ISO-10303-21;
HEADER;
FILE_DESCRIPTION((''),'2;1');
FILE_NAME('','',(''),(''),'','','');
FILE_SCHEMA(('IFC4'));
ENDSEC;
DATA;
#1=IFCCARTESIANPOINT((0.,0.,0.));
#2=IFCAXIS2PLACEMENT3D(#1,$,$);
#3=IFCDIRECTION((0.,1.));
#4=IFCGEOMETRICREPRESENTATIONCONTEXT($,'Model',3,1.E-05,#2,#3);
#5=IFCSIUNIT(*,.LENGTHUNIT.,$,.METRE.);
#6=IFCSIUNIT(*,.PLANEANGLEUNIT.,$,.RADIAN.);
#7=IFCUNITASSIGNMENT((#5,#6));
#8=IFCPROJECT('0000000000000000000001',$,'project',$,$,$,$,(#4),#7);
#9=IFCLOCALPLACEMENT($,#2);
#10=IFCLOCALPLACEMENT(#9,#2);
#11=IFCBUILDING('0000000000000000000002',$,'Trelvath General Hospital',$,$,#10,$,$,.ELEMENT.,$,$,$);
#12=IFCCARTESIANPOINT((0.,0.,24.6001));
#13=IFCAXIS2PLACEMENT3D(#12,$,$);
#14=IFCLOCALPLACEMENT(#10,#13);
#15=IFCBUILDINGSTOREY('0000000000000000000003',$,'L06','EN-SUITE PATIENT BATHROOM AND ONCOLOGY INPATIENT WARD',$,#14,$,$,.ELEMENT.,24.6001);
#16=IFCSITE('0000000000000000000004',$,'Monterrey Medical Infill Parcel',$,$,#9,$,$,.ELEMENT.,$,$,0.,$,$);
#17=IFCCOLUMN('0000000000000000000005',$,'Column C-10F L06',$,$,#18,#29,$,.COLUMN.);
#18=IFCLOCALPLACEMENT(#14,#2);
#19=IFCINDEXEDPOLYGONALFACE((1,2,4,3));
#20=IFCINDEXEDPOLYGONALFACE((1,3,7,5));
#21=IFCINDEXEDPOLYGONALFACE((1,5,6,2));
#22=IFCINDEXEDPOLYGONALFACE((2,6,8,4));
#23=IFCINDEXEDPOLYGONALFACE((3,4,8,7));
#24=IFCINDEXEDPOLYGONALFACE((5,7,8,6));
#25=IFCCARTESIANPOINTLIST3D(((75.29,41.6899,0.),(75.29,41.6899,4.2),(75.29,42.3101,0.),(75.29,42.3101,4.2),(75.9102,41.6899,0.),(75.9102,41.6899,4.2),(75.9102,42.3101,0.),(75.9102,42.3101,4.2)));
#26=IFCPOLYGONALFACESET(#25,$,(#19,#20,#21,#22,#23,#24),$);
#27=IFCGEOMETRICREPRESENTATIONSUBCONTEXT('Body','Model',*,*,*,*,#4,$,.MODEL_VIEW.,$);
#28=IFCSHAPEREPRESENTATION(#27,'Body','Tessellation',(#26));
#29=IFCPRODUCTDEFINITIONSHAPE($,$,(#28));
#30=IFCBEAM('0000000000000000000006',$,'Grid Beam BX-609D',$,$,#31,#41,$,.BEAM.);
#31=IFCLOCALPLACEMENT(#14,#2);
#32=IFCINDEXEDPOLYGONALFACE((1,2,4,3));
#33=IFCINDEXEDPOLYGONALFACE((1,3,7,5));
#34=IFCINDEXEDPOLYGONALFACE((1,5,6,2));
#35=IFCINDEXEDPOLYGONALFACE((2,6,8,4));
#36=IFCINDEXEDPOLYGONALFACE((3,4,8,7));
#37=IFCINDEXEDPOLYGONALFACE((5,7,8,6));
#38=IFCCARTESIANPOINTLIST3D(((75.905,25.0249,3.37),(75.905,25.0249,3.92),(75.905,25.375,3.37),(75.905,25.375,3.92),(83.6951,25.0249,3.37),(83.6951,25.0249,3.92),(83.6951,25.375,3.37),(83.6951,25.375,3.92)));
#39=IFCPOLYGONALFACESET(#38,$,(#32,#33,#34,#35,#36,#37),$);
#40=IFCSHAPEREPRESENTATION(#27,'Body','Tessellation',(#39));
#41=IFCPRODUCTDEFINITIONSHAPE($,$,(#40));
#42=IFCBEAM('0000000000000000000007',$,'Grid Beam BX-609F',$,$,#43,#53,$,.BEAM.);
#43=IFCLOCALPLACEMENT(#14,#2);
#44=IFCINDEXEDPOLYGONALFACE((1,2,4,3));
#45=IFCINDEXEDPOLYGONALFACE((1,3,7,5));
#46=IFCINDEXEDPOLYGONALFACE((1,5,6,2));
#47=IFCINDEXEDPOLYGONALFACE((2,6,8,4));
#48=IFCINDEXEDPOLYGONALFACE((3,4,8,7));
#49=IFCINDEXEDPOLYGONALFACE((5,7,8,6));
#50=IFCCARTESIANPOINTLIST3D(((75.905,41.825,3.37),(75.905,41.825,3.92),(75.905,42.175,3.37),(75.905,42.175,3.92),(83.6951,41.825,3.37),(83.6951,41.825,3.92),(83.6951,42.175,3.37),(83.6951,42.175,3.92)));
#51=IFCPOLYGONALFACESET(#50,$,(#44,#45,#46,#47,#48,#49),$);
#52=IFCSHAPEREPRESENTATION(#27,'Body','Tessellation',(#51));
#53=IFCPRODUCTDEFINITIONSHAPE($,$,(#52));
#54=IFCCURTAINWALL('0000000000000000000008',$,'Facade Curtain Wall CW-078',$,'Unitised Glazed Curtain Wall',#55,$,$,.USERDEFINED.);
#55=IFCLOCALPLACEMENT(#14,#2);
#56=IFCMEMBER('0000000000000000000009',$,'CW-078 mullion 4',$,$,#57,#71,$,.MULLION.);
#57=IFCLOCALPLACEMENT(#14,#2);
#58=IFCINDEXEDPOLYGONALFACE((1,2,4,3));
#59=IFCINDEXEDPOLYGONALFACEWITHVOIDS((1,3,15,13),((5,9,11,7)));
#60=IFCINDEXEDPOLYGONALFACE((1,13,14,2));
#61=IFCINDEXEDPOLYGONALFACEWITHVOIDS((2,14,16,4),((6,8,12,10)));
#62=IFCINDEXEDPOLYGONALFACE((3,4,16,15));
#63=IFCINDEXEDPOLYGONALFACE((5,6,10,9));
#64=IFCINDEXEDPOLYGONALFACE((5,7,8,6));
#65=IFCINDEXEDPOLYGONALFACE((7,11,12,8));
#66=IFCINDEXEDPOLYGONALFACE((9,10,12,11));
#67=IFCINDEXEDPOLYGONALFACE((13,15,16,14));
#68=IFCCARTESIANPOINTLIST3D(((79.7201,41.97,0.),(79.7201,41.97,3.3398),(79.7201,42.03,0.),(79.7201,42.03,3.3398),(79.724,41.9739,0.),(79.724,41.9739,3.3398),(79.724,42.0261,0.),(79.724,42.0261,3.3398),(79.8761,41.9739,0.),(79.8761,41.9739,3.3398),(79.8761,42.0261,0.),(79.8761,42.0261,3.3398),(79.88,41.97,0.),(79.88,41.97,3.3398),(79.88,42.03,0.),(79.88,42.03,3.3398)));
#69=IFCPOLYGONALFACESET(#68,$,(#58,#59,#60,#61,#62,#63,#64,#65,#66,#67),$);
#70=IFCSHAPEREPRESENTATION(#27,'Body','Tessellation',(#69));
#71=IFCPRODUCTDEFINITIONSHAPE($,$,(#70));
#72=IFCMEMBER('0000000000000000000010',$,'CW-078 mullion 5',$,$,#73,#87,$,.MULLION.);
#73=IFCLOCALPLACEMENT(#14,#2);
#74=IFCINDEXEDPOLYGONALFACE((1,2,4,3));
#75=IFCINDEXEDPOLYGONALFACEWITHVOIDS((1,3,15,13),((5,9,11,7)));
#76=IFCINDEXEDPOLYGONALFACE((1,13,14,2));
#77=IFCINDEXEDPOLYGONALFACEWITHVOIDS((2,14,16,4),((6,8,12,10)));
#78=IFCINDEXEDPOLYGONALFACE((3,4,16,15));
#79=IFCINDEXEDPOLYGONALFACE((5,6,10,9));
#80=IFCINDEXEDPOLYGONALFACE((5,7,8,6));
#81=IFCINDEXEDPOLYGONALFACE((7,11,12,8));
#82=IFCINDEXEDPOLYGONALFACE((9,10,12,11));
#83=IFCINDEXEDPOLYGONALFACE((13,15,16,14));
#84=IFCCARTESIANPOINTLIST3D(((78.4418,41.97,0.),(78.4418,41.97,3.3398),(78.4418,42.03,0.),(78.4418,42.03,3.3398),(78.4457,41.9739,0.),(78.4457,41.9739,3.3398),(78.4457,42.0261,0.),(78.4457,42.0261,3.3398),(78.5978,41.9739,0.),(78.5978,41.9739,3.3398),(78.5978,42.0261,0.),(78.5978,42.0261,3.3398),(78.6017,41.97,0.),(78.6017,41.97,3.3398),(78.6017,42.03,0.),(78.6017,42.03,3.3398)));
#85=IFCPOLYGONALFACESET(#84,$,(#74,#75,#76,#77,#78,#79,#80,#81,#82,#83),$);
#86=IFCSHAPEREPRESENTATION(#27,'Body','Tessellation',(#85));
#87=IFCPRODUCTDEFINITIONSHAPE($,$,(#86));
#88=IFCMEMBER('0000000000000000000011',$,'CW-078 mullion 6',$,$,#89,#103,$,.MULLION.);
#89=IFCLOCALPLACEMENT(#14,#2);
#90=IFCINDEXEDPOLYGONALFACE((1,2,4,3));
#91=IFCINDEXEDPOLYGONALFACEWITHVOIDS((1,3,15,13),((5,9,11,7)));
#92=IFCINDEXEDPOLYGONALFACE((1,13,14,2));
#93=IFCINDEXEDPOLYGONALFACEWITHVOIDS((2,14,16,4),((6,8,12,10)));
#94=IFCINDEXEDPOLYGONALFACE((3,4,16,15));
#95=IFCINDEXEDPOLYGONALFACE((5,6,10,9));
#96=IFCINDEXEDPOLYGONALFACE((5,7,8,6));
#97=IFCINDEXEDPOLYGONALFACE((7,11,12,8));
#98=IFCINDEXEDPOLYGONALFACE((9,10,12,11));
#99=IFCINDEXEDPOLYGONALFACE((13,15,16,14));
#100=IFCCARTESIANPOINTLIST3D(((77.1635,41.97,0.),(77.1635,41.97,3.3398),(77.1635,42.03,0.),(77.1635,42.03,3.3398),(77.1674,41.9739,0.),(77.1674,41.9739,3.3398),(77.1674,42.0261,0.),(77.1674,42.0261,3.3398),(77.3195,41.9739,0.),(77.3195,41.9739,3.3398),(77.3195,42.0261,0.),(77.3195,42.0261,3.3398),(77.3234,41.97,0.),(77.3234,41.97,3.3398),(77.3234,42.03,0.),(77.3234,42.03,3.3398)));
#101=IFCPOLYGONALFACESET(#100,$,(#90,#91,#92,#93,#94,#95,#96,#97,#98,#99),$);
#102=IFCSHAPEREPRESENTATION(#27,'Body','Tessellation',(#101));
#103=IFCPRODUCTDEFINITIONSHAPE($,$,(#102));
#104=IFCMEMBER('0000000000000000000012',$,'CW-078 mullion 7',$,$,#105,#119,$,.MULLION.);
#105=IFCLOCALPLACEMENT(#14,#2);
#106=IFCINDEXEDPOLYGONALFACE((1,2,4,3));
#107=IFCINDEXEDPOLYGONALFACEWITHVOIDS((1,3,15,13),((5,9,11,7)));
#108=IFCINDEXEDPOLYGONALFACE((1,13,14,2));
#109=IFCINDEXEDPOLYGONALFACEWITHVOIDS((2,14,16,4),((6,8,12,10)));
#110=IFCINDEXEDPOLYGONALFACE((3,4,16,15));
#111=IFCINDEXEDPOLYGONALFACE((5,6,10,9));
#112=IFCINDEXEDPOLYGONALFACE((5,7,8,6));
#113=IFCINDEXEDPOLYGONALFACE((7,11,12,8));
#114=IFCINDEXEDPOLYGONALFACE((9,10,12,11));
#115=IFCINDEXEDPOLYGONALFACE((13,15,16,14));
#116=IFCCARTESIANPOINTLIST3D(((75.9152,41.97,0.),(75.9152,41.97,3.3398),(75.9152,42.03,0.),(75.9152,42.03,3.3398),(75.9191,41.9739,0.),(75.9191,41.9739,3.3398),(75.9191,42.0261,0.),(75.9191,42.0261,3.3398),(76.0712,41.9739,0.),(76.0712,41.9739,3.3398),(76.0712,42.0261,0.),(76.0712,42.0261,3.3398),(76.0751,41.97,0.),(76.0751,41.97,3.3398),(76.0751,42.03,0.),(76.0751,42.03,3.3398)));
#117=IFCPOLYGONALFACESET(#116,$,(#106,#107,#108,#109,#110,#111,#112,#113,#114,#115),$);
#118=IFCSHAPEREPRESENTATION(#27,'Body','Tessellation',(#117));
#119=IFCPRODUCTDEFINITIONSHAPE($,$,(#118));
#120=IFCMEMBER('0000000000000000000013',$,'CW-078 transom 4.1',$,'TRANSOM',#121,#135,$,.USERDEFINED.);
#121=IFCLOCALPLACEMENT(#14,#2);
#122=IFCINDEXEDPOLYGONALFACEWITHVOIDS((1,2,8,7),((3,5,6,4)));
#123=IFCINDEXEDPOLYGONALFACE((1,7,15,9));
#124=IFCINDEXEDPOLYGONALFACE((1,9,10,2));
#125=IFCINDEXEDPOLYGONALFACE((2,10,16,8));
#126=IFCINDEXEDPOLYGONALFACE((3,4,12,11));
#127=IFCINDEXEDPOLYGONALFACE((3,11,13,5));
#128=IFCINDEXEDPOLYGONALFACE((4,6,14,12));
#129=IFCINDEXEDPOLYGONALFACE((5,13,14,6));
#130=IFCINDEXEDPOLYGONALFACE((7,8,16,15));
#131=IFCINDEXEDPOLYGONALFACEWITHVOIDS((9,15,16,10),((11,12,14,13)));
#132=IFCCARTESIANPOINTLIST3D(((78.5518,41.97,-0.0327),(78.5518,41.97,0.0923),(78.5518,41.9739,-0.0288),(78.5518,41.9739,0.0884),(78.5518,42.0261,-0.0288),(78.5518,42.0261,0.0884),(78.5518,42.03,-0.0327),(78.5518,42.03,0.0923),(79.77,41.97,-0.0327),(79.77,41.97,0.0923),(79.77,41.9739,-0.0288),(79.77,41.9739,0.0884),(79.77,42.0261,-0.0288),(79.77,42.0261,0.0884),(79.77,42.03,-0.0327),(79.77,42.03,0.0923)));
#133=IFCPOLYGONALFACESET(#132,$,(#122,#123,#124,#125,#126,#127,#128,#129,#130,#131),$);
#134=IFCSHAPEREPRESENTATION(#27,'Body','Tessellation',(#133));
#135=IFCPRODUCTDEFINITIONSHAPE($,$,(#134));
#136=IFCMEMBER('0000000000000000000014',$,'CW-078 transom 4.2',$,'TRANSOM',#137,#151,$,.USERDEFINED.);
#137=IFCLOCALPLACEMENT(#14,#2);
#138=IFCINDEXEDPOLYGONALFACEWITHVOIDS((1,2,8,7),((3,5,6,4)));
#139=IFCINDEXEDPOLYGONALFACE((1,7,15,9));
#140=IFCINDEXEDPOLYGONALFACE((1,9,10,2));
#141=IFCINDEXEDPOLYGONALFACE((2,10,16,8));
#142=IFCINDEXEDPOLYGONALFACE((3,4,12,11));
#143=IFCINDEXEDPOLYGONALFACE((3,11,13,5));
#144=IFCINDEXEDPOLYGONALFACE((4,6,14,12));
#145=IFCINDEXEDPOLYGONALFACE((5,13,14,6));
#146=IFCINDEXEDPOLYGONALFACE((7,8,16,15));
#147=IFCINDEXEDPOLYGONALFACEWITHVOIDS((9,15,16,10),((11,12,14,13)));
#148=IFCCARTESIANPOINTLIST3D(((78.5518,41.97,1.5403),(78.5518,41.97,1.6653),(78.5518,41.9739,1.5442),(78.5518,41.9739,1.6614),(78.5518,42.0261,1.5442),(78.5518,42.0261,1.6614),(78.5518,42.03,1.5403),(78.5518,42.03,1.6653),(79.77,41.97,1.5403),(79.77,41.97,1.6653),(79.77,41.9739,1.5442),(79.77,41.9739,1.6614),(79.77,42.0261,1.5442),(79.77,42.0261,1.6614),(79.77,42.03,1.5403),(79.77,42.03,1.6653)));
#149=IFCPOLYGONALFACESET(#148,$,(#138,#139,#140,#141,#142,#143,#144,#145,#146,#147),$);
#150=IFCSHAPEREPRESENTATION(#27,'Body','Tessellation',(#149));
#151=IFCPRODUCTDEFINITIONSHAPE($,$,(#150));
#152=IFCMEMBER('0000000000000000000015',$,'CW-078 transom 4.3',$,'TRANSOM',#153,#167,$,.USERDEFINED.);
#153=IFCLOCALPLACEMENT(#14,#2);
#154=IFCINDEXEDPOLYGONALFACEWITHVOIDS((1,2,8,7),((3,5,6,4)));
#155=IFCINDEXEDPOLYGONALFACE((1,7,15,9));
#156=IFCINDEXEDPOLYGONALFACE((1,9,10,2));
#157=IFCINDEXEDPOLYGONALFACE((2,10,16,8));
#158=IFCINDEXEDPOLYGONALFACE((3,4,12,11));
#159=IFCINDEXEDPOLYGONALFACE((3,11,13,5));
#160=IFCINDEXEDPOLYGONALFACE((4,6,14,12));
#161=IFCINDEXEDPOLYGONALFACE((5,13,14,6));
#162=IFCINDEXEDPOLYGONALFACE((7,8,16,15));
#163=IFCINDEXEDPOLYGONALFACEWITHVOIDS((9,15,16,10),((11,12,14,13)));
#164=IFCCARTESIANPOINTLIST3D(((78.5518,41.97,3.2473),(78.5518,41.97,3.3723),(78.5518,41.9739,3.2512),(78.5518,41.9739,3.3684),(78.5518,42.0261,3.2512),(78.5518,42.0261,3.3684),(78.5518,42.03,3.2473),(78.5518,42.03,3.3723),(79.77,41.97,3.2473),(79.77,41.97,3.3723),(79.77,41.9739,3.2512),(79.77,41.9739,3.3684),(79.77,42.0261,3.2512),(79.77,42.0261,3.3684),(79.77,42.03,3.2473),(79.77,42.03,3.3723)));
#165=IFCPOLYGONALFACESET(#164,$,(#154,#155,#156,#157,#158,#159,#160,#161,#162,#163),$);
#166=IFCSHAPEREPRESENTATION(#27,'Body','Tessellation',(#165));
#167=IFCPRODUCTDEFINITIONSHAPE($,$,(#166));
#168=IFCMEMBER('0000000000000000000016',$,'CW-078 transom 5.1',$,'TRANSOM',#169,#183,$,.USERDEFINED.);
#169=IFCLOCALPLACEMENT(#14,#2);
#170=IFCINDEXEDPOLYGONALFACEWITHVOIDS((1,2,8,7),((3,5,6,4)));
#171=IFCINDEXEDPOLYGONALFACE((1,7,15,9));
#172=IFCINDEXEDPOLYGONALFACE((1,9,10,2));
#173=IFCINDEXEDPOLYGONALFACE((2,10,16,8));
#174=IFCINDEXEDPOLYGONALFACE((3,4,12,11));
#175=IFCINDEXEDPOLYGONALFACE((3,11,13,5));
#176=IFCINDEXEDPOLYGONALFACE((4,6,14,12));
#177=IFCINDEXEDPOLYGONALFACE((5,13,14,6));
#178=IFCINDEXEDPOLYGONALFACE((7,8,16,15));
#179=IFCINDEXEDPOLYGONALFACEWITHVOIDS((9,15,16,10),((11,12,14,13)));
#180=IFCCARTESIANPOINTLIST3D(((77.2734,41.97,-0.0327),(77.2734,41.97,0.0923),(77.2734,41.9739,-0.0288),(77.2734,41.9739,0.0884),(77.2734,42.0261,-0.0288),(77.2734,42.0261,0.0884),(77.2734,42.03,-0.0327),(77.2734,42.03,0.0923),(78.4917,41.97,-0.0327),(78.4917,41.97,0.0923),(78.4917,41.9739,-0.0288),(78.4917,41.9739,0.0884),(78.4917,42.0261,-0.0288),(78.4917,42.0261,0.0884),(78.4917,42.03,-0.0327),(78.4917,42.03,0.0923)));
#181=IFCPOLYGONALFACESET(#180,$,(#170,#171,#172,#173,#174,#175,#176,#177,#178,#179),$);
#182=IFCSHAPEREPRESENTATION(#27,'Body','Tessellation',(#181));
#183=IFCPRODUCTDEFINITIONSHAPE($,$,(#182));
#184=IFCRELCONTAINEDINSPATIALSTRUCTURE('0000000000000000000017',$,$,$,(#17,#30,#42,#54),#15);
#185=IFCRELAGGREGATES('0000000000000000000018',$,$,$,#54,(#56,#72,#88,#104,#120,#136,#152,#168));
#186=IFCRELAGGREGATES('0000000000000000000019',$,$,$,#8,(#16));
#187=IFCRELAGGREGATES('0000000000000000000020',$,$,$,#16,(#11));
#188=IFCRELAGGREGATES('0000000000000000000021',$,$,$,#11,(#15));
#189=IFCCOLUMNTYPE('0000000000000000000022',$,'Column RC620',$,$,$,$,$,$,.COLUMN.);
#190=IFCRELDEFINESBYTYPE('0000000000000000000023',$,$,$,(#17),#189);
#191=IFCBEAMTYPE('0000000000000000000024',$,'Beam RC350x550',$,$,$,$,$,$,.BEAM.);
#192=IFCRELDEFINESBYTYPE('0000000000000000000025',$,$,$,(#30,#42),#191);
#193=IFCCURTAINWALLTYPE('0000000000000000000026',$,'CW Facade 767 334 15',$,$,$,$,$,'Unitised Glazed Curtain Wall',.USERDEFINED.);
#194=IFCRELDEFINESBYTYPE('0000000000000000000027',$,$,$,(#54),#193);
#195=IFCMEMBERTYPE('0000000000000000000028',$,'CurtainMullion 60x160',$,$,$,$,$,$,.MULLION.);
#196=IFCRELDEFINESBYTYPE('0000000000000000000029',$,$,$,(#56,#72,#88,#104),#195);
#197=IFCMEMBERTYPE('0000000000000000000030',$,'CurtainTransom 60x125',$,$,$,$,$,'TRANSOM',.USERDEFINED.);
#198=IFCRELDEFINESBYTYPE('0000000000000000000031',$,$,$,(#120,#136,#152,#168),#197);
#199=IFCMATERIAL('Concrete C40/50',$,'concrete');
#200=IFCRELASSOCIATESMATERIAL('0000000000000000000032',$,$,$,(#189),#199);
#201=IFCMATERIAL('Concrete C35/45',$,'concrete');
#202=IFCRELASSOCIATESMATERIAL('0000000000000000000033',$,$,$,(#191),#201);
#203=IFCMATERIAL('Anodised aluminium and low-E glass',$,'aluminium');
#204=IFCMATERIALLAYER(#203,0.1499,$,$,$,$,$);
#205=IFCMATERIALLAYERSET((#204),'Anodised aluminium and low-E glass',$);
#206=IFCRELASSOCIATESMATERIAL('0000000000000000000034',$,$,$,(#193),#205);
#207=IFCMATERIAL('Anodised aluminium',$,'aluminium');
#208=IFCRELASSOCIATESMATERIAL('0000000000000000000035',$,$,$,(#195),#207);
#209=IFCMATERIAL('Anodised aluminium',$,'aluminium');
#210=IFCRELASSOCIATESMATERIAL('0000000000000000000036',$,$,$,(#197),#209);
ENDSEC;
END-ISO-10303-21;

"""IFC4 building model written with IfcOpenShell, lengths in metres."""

from ifc_helpers import new_model, si_unit, direction, frame, origin, origin_2d, place, context, subcontext, project, spatial, rectangle, hollow_rectangle, extrude, material, layer, layer_set, material_profile, profile_set, type_object, element, aggregate, save


model = new_model("IFC4")

# Units and contexts
model_context = context("Model", 3, precision=1e-05, world=origin(), true_north=direction((0.0, 1.0)))
body_context = subcontext(model_context, "Body", "Model", "MODEL_VIEW")
ifc_project = project(units=[si_unit("LENGTHUNIT", "METRE"), si_unit("PLANEANGLEUNIT", "RADIAN")], contexts=[model_context])

# Site, building, storey
site_placement = place(None, origin())
site = spatial("IfcSite", under=ifc_project, at=site_placement, Name="Monterrey Medical Infill Parcel", CompositionType="ELEMENT", RefElevation=0.0)
building_placement = place(site_placement, origin())
building = spatial("IfcBuilding", under=site, at=building_placement, Name="Trelvath General Hospital", CompositionType="ELEMENT")
storey_placement = place(building_placement, frame((0.0, 0.0, 24.6001)))
storey = spatial("IfcBuildingStorey", under=building, at=storey_placement, Name="L06", Description="EN-SUITE PATIENT BATHROOM AND ONCOLOGY INPATIENT WARD", CompositionType="ELEMENT", Elevation=24.6001)

# Column
ifc_material_1 = material(Name="Concrete C40/50", Category="concrete")
ifc_material_profile_1 = material_profile(ifc_material_1, rectangle(XDim=0.6201, YDim=0.6201, at=origin_2d()), Name="RC620x620")
ifc_profile_set_1 = profile_set([ifc_material_profile_1], Name="Concrete C40/50")
column_type = type_object("IfcColumnType", Name="Column RC620", PredefinedType="COLUMN", material=ifc_profile_set_1)
column_placement = place(storey_placement, frame((75.6001, 42.0, 0.0), z_axis=(0.0, 0.0, 1.0), x_axis=(1.0, 0.0, 0.0)))
element("IfcColumn", 1, at=column_placement, inside=storey, type_object=column_type, Name="Column C-10F L06", PredefinedType="COLUMN", context=body_context, shape_type="SweptSolid", body=[
    extrude(rectangle(XDim=0.6201, YDim=0.6201, at=origin_2d()), origin(), (0.0, 0.0, 1.0), 4.2),
])

# Beams
ifc_material_2 = material(Name="Concrete C35/45", Category="concrete")
ifc_material_profile_2 = material_profile(ifc_material_2, rectangle(XDim=0.3501, YDim=0.55, at=origin_2d()), Name="RCB350x550")
ifc_profile_set_2 = profile_set([ifc_material_profile_2], Name="Concrete C35/45")
beam_type = type_object("IfcBeamType", Name="Beam RC350x550", PredefinedType="BEAM", material=ifc_profile_set_2)
for number, where, z_axis, x_axis, name in (
    (2, (75.905, 25.2, 3.645), (1.0, 0.0, 0.0), (0.0, 1.0, 0.0), "Grid Beam BX-609D"),
    (3, (75.905, 42.0, 3.645), (1.0, 0.0, 0.0), (0.0, 1.0, 0.0), "Grid Beam BX-609F"),
):
    element("IfcBeam", number, at=place(storey_placement, frame(where, z_axis=z_axis, x_axis=x_axis)), inside=storey, type_object=beam_type, Name=name, PredefinedType="BEAM", context=body_context, shape_type="SweptSolid", body=[
        extrude(rectangle(XDim=0.3501, YDim=0.55, at=origin_2d()), origin(), (0.0, 0.0, 1.0), 7.79),
    ])

# Curtain wall, members
ifc_material_3 = material(Name="Anodised aluminium and low-E glass", Category="aluminium")
ifc_layer_1 = layer(ifc_material_3, 0.1499)
ifc_layer_set_1 = layer_set([ifc_layer_1], Name="Anodised aluminium and low-E glass")
curtain_wall_type = type_object("IfcCurtainWallType", Name="CW Facade 767 334 15", ElementType="Unitised Glazed Curtain Wall", PredefinedType="USERDEFINED", material=ifc_layer_set_1)
curtain_wall_placement = place(storey_placement, origin())
curtain_wall = element("IfcCurtainWall", 4, at=curtain_wall_placement, inside=storey, type_object=curtain_wall_type, Name="Facade Curtain Wall CW-078", ObjectType="Unitised Glazed Curtain Wall", PredefinedType="USERDEFINED")
ifc_material_4 = material(Name="Anodised aluminium", Category="aluminium")
ifc_material_profile_3 = material_profile(ifc_material_4, hollow_rectangle(XDim=0.0601, YDim=0.1599, WallThickness=0.0039, at=origin_2d()), Name="RHS60x160x4")
ifc_profile_set_3 = profile_set([ifc_material_profile_3], Name="Anodised aluminium")
member_type_1 = type_object("IfcMemberType", Name="CurtainMullion 60x160", PredefinedType="MULLION", material=ifc_profile_set_3)
member_1_placement = place(storey_placement, frame((79.8, 42.0, 0.0), z_axis=(0.0, 0.0, 1.0), x_axis=(0.0, -1.0, 0.0)))
member_1 = element("IfcMember", 5, at=member_1_placement, type_object=member_type_1, Name="CW-078 mullion 4", PredefinedType="MULLION", context=body_context, shape_type="SweptSolid", body=[
    extrude(hollow_rectangle(XDim=0.0601, YDim=0.1599, WallThickness=0.0039, at=origin_2d()), origin(), (0.0, 0.0, 1.0), 3.3398),
])
member_2_placement = place(storey_placement, frame((78.5217, 42.0, 0.0), z_axis=(0.0, 0.0, 1.0), x_axis=(0.0, -1.0, 0.0)))
member_2 = element("IfcMember", 6, at=member_2_placement, type_object=member_type_1, Name="CW-078 mullion 5", PredefinedType="MULLION", context=body_context, shape_type="SweptSolid", body=[
    extrude(hollow_rectangle(XDim=0.0601, YDim=0.1599, WallThickness=0.0039, at=origin_2d()), origin(), (0.0, 0.0, 1.0), 3.3398),
])
member_3_placement = place(storey_placement, frame((77.2434, 42.0, 0.0), z_axis=(0.0, 0.0, 1.0), x_axis=(0.0, -1.0, 0.0)))
member_3 = element("IfcMember", 7, at=member_3_placement, type_object=member_type_1, Name="CW-078 mullion 6", PredefinedType="MULLION", context=body_context, shape_type="SweptSolid", body=[
    extrude(hollow_rectangle(XDim=0.0601, YDim=0.1599, WallThickness=0.0039, at=origin_2d()), origin(), (0.0, 0.0, 1.0), 3.3398),
])
member_4_placement = place(storey_placement, frame((75.9951, 42.0, 0.0), z_axis=(0.0, 0.0, 1.0), x_axis=(0.0, -1.0, 0.0)))
member_4 = element("IfcMember", 8, at=member_4_placement, type_object=member_type_1, Name="CW-078 mullion 7", PredefinedType="MULLION", context=body_context, shape_type="SweptSolid", body=[
    extrude(hollow_rectangle(XDim=0.0601, YDim=0.1599, WallThickness=0.0039, at=origin_2d()), origin(), (0.0, 0.0, 1.0), 3.3398),
])
ifc_material_5 = material(Name="Anodised aluminium", Category="aluminium")
ifc_material_profile_4 = material_profile(ifc_material_5, hollow_rectangle(XDim=0.0601, YDim=0.125, WallThickness=0.0039, at=origin_2d()), Name="RHS60x125x4")
ifc_profile_set_4 = profile_set([ifc_material_profile_4], Name="Anodised aluminium")
member_type_2 = type_object("IfcMemberType", Name="CurtainTransom 60x125", ElementType="TRANSOM", PredefinedType="USERDEFINED", material=ifc_profile_set_4)
member_5_placement = place(storey_placement, frame((79.77, 42.0, 0.0298), z_axis=(-1.0, 0.0, 0.0), x_axis=(0.0, -1.0, 0.0)))
member_5 = element("IfcMember", 9, at=member_5_placement, type_object=member_type_2, Name="CW-078 transom 4.1", ObjectType="TRANSOM", PredefinedType="USERDEFINED", context=body_context, shape_type="SweptSolid", body=[
    extrude(hollow_rectangle(XDim=0.0601, YDim=0.125, WallThickness=0.0039, at=origin_2d()), origin(), (0.0, 0.0, 1.0), 1.2183),
])
member_6_placement = place(storey_placement, frame((79.77, 42.0, 1.6028), z_axis=(-1.0, 0.0, 0.0), x_axis=(0.0, -1.0, 0.0)))
member_6 = element("IfcMember", 10, at=member_6_placement, type_object=member_type_2, Name="CW-078 transom 4.2", ObjectType="TRANSOM", PredefinedType="USERDEFINED", context=body_context, shape_type="SweptSolid", body=[
    extrude(hollow_rectangle(XDim=0.0601, YDim=0.125, WallThickness=0.0039, at=origin_2d()), origin(), (0.0, 0.0, 1.0), 1.2183),
])
member_7_placement = place(storey_placement, frame((79.77, 42.0, 3.3098), z_axis=(-1.0, 0.0, 0.0), x_axis=(0.0, -1.0, 0.0)))
member_7 = element("IfcMember", 11, at=member_7_placement, type_object=member_type_2, Name="CW-078 transom 4.3", ObjectType="TRANSOM", PredefinedType="USERDEFINED", context=body_context, shape_type="SweptSolid", body=[
    extrude(hollow_rectangle(XDim=0.0601, YDim=0.125, WallThickness=0.0039, at=origin_2d()), origin(), (0.0, 0.0, 1.0), 1.2183),
])
member_8_placement = place(storey_placement, frame((78.4917, 42.0, 0.0298), z_axis=(-1.0, 0.0, 0.0), x_axis=(0.0, -1.0, 0.0)))
member_8 = element("IfcMember", 12, at=member_8_placement, type_object=member_type_2, Name="CW-078 transom 5.1", ObjectType="TRANSOM", PredefinedType="USERDEFINED", context=body_context, shape_type="SweptSolid", body=[
    extrude(hollow_rectangle(XDim=0.0601, YDim=0.125, WallThickness=0.0039, at=origin_2d()), origin(), (0.0, 0.0, 1.0), 1.2183),
])
aggregate(curtain_wall, [member_1, member_2, member_3, member_4, member_5, member_6, member_7, member_8])

save(model, "model.ifc")
